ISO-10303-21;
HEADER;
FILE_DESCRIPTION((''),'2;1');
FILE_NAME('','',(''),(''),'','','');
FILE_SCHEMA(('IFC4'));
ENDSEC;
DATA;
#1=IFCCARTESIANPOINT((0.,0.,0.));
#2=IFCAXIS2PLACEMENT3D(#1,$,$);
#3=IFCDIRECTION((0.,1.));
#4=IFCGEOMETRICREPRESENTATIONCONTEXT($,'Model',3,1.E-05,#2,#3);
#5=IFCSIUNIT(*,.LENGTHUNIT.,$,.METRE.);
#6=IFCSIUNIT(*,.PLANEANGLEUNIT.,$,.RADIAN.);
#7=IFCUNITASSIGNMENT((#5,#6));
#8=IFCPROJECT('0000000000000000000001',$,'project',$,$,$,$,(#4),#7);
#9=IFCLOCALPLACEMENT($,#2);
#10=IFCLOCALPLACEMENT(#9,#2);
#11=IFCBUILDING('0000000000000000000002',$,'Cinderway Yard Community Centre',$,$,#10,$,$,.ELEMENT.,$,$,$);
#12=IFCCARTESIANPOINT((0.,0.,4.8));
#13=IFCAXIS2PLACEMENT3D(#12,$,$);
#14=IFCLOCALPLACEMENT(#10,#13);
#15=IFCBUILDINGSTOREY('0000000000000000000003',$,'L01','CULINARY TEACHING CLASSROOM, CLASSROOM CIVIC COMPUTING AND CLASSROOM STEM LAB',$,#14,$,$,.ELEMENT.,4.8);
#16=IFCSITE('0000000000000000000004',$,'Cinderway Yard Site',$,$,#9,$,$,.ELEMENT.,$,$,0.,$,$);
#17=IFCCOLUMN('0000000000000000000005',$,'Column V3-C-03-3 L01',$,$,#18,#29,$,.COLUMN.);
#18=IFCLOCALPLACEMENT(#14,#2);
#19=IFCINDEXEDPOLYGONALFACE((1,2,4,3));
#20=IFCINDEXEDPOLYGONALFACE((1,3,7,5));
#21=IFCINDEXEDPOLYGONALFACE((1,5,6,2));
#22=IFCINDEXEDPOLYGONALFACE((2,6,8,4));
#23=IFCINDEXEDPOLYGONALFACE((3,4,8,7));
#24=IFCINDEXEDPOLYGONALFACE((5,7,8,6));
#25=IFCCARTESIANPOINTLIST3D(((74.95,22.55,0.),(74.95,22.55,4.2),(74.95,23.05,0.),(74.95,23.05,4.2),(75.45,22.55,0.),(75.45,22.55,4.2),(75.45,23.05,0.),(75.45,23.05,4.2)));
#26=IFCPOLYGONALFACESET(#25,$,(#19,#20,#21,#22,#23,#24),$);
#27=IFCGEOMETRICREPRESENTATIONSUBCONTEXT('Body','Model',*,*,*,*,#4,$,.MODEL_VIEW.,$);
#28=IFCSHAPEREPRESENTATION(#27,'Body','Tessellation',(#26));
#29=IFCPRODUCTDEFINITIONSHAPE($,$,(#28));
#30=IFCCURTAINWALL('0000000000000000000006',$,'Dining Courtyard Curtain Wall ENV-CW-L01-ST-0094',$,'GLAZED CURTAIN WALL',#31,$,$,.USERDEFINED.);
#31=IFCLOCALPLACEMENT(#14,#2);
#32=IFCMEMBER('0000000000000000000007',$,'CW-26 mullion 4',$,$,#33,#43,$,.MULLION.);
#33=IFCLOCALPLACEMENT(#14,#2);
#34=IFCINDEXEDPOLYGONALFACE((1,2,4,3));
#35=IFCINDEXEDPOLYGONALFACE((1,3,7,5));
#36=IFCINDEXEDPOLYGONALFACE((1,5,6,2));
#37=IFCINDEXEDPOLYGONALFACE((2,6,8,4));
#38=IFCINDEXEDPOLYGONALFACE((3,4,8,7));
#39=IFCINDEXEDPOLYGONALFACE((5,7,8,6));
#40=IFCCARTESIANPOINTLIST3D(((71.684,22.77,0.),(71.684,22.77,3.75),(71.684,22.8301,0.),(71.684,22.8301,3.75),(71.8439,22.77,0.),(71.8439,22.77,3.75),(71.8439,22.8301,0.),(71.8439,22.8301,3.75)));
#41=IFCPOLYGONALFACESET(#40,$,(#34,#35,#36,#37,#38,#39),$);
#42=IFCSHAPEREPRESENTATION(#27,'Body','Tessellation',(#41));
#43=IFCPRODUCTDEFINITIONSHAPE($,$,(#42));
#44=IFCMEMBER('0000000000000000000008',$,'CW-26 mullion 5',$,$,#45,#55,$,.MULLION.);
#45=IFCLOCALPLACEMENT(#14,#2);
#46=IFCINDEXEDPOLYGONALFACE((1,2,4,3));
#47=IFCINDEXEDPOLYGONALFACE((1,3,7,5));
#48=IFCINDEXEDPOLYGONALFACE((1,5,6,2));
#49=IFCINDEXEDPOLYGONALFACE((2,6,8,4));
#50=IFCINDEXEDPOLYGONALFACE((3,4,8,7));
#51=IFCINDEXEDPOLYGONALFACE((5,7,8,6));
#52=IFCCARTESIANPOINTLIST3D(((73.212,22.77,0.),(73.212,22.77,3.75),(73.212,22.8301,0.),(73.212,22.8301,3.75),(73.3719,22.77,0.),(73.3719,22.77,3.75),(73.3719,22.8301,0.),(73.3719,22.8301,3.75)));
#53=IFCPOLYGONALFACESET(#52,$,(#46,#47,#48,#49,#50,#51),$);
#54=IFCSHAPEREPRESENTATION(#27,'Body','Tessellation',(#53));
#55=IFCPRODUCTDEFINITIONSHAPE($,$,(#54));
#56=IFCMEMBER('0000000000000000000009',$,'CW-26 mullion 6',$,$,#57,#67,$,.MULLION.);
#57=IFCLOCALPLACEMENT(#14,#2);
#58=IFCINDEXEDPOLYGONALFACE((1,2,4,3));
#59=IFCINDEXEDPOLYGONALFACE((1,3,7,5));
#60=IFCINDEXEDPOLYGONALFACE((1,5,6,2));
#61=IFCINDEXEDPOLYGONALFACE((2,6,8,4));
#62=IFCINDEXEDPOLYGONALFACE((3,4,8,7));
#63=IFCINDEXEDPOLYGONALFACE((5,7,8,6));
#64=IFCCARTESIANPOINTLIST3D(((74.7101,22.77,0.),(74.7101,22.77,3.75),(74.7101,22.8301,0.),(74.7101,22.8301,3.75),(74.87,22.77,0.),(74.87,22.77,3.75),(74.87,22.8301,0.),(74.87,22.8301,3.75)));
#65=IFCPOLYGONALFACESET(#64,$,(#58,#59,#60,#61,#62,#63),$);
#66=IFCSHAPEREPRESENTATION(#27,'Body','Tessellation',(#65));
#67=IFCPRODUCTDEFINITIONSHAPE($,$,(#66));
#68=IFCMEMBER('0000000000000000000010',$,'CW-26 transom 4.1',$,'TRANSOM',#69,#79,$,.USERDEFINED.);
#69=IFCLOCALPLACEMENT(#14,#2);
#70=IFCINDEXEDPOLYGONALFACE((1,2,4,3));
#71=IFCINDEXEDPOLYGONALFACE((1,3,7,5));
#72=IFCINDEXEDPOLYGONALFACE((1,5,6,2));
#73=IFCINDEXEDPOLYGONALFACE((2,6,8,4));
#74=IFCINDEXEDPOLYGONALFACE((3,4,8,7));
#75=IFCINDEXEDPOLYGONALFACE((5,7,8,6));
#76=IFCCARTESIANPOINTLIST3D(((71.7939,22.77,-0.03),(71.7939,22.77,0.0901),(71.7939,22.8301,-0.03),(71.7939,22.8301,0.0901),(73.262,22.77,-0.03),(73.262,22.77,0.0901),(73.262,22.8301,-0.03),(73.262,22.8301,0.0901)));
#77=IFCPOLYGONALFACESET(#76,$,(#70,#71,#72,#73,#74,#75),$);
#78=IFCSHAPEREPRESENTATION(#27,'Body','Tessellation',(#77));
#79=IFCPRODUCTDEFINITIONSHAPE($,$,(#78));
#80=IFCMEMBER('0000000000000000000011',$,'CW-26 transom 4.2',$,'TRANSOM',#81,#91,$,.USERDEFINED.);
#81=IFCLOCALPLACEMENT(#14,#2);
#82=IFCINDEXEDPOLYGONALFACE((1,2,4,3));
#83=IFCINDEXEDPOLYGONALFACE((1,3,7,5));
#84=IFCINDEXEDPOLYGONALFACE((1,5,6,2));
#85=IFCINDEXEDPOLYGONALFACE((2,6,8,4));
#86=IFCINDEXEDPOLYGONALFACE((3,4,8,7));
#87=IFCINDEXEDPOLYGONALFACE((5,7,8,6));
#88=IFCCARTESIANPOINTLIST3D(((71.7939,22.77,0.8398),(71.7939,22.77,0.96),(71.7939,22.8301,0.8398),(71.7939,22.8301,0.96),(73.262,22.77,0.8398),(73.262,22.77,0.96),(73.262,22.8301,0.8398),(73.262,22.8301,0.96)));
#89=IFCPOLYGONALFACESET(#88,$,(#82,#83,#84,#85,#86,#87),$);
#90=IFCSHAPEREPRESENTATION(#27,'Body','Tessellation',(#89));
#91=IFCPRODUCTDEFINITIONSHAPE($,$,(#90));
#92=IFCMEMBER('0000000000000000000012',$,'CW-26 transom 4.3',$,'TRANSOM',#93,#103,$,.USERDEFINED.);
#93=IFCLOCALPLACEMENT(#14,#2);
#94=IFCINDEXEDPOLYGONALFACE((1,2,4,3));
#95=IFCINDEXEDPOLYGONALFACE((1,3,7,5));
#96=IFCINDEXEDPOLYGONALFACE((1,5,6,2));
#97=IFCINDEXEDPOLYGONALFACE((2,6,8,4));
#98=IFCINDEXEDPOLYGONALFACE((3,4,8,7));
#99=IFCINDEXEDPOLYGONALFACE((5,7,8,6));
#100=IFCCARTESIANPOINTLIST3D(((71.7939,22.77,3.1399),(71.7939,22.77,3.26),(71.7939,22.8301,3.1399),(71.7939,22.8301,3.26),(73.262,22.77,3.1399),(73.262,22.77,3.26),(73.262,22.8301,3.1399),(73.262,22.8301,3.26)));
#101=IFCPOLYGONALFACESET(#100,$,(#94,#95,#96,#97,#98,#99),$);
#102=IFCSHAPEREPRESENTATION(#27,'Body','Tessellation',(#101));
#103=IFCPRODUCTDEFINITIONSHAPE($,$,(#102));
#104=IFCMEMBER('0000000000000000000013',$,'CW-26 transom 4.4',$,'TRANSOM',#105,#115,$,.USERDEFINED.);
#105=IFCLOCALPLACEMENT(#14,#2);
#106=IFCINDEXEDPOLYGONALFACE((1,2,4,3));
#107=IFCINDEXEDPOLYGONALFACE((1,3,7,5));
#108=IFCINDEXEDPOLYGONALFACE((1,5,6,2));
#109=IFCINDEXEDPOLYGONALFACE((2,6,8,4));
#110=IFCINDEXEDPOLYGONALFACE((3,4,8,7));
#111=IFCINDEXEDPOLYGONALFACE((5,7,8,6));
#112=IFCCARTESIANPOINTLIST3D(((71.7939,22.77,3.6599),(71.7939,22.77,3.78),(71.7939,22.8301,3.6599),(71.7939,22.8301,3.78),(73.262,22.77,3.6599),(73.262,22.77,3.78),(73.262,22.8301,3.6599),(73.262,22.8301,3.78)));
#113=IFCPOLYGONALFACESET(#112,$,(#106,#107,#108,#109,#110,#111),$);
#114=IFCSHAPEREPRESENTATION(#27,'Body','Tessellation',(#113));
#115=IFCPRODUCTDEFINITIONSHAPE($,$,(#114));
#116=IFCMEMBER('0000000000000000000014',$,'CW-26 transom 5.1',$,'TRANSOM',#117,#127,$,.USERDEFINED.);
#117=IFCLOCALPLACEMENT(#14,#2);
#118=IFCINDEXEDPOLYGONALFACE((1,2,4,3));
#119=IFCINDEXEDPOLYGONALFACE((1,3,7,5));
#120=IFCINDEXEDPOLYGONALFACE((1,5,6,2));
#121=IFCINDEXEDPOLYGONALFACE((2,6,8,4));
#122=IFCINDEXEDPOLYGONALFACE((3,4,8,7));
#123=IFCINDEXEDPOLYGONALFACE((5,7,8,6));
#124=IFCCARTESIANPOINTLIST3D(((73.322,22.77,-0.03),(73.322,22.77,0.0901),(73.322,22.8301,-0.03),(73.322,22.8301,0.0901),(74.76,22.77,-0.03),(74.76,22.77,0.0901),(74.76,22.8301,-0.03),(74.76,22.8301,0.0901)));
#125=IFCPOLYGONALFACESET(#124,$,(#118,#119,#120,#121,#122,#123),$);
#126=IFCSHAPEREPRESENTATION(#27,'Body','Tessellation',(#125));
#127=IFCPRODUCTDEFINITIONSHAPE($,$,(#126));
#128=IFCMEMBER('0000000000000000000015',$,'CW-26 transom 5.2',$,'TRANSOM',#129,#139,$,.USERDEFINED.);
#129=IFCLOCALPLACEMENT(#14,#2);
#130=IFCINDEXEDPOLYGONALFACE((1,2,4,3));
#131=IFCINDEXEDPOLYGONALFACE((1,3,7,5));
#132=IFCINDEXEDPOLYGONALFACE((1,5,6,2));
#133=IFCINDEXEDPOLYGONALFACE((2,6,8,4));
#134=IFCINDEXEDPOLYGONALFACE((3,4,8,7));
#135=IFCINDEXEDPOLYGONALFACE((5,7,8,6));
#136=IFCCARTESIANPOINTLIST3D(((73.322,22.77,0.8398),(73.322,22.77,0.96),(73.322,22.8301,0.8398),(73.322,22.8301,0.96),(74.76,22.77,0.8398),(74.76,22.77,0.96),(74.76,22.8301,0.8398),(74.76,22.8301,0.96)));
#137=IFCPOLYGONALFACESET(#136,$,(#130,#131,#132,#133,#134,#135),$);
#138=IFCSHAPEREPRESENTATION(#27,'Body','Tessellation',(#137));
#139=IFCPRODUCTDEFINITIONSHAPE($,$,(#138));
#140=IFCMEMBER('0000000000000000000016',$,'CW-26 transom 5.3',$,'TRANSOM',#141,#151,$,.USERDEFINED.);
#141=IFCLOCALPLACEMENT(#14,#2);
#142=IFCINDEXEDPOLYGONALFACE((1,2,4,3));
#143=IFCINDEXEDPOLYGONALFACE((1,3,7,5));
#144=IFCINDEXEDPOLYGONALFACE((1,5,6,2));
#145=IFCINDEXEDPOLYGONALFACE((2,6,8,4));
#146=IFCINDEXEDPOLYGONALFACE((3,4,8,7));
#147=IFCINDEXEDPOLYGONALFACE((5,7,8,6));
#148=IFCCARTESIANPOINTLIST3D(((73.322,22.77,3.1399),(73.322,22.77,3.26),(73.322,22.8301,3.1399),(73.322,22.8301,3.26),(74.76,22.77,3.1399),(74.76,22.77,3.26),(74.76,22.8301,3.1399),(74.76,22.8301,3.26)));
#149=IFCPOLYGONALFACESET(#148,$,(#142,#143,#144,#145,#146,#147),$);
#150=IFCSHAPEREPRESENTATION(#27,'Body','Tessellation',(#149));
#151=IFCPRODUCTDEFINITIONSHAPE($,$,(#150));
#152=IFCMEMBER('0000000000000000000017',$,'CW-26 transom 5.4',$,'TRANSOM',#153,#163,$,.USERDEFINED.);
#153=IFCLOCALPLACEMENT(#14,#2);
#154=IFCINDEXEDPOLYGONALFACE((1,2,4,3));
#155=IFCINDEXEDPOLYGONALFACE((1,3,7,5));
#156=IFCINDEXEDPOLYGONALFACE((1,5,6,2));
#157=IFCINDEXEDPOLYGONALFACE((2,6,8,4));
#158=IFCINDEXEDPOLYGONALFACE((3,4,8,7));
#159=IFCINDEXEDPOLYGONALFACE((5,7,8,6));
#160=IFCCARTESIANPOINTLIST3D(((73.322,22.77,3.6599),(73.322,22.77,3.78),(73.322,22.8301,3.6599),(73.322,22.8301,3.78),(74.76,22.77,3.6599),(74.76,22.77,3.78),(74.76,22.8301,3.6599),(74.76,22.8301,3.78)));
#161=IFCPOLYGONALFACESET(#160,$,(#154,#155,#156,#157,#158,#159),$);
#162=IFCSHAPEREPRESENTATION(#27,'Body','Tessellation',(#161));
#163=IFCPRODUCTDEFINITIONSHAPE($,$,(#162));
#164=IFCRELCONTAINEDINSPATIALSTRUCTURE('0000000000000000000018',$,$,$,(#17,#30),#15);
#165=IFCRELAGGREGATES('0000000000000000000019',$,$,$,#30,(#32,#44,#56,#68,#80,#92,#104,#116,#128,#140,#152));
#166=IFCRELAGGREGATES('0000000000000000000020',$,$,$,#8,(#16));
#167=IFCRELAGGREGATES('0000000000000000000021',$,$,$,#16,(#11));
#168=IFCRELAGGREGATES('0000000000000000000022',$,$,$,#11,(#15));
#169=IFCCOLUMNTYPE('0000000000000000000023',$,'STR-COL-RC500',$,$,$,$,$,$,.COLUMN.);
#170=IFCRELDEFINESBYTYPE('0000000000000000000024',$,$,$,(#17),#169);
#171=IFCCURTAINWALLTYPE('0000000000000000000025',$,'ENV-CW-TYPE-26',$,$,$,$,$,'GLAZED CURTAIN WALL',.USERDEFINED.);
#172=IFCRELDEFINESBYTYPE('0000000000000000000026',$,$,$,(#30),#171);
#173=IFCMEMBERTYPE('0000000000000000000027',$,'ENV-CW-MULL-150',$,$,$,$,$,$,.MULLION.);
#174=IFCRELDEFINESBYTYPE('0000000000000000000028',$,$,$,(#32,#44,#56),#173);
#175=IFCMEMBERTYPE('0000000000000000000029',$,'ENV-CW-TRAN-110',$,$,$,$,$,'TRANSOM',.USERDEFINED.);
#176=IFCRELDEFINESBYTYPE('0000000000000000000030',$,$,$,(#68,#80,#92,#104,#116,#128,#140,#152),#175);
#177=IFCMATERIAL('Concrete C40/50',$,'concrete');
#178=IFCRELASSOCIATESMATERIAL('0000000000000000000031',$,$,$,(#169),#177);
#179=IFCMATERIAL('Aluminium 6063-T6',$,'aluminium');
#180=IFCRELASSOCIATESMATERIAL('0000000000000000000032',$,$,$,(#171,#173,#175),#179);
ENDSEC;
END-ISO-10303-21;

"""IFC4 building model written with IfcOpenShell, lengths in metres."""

from ifc_helpers import new_model, si_unit, direction, frame, origin, origin_2d, place, context, subcontext, project, spatial, rectangle, extrude, material, material_profile, profile_set, type_object, element, aggregate, save


model = new_model("IFC4")

# Units and contexts
model_context = context("Model", 3, precision=1e-05, world=origin(), true_north=direction((0.0, 1.0)))
body_context = subcontext(model_context, "Body", "Model", "MODEL_VIEW")
ifc_project = project(units=[si_unit("LENGTHUNIT", "METRE"), si_unit("PLANEANGLEUNIT", "RADIAN")], contexts=[model_context])

# Site, building, storey
site_placement = place(None, origin())
site = spatial("IfcSite", under=ifc_project, at=site_placement, Name="Cinderway Yard Site", CompositionType="ELEMENT", RefElevation=0.0)
building_placement = place(site_placement, origin())
building = spatial("IfcBuilding", under=site, at=building_placement, Name="Cinderway Yard Community Centre", CompositionType="ELEMENT")
storey_placement = place(building_placement, frame((0.0, 0.0, 4.8)))
storey = spatial("IfcBuildingStorey", under=building, at=storey_placement, Name="L01", Description="CULINARY TEACHING CLASSROOM, CLASSROOM CIVIC COMPUTING AND CLASSROOM STEM LAB", CompositionType="ELEMENT", Elevation=4.8)

# Column
ifc_material_1 = material(Name="Concrete C40/50", Category="concrete")
ifc_material_profile_1 = material_profile(ifc_material_1, rectangle(XDim=0.5, YDim=0.5, at=origin_2d()), Name="Concrete C40/50")
ifc_profile_set_1 = profile_set([ifc_material_profile_1], Name="Concrete C40/50")
column_type = type_object("IfcColumnType", Name="STR-COL-RC500", PredefinedType="COLUMN", material=ifc_profile_set_1)
column_placement = place(storey_placement, frame((75.2, 22.8, 0.0), z_axis=(0.0, 0.0, 1.0), x_axis=(1.0, 0.0, 0.0)))
element("IfcColumn", 1, at=column_placement, inside=storey, type_object=column_type, Name="Column V3-C-03-3 L01", PredefinedType="COLUMN", context=body_context, shape_type="SweptSolid", body=[
    extrude(rectangle(XDim=0.5, YDim=0.5, at=origin_2d()), origin(), (0.0, 0.0, 1.0), 4.2),
])

# Curtain wall, members
ifc_material_2 = material(Name="Aluminium 6063-T6", Category="aluminium")
curtain_wall_type = type_object("IfcCurtainWallType", Name="ENV-CW-TYPE-26", ElementType="GLAZED CURTAIN WALL", PredefinedType="USERDEFINED", material=ifc_material_2)
curtain_wall_placement = place(storey_placement, origin())
curtain_wall = element("IfcCurtainWall", 2, at=curtain_wall_placement, inside=storey, type_object=curtain_wall_type, Name="Dining Courtyard Curtain Wall ENV-CW-L01-ST-0094", ObjectType="GLAZED CURTAIN WALL", PredefinedType="USERDEFINED")
ifc_material_profile_2 = material_profile(ifc_material_2, rectangle(XDim=0.0601, YDim=0.1599, at=origin_2d()), Name="Aluminium 6063-T6")
ifc_profile_set_2 = profile_set([ifc_material_profile_2], Name="Aluminium 6063-T6")
member_type_1 = type_object("IfcMemberType", Name="ENV-CW-MULL-150", PredefinedType="MULLION", material=ifc_profile_set_2)
member_1_placement = place(storey_placement, frame((71.7639, 22.8, 0.0), z_axis=(0.0, 0.0, 1.0), x_axis=(0.0, 1.0, 0.0)))
member_1 = element("IfcMember", 3, at=member_1_placement, type_object=member_type_1, Name="CW-26 mullion 4", PredefinedType="MULLION", context=body_context, shape_type="SweptSolid", body=[
    extrude(rectangle(XDim=0.0601, YDim=0.1599, at=origin_2d()), origin(), (0.0, 0.0, 1.0), 3.75),
])
member_2_placement = place(storey_placement, frame((73.292, 22.8, 0.0), z_axis=(0.0, 0.0, 1.0), x_axis=(0.0, 1.0, 0.0)))
member_2 = element("IfcMember", 4, at=member_2_placement, type_object=member_type_1, Name="CW-26 mullion 5", PredefinedType="MULLION", context=body_context, shape_type="SweptSolid", body=[
    extrude(rectangle(XDim=0.0601, YDim=0.1599, at=origin_2d()), origin(), (0.0, 0.0, 1.0), 3.75),
])
member_3_placement = place(storey_placement, frame((74.79, 22.8, 0.0), z_axis=(0.0, 0.0, 1.0), x_axis=(0.0, 1.0, 0.0)))
member_3 = element("IfcMember", 5, at=member_3_placement, type_object=member_type_1, Name="CW-26 mullion 6", PredefinedType="MULLION", context=body_context, shape_type="SweptSolid", body=[
    extrude(rectangle(XDim=0.0601, YDim=0.1599, at=origin_2d()), origin(), (0.0, 0.0, 1.0), 3.75),
])
ifc_material_profile_3 = material_profile(ifc_material_2, rectangle(XDim=0.0601, YDim=0.1201, at=origin_2d()), Name="Aluminium 6063-T6")
ifc_profile_set_3 = profile_set([ifc_material_profile_3], Name="Aluminium 6063-T6")
member_type_2 = type_object("IfcMemberType", Name="ENV-CW-TRAN-110", ElementType="TRANSOM", PredefinedType="USERDEFINED", material=ifc_profile_set_3)
member_4_placement = place(storey_placement, frame((71.7939, 22.8, 0.03), z_axis=(1.0, 0.0, 0.0), x_axis=(0.0, 1.0, 0.0)))
member_4 = element("IfcMember", 6, at=member_4_placement, type_object=member_type_2, Name="CW-26 transom 4.1", ObjectType="TRANSOM", PredefinedType="USERDEFINED", context=body_context, shape_type="SweptSolid", body=[
    extrude(rectangle(XDim=0.0601, YDim=0.1201, at=origin_2d()), origin(), (0.0, 0.0, 1.0), 1.468),
])
member_5_placement = place(storey_placement, frame((71.7939, 22.8, 0.8999), z_axis=(1.0, 0.0, 0.0), x_axis=(0.0, 1.0, 0.0)))
member_5 = element("IfcMember", 7, at=member_5_placement, type_object=member_type_2, Name="CW-26 transom 4.2", ObjectType="TRANSOM", PredefinedType="USERDEFINED", context=body_context, shape_type="SweptSolid", body=[
    extrude(rectangle(XDim=0.0601, YDim=0.1201, at=origin_2d()), origin(), (0.0, 0.0, 1.0), 1.468),
])
member_6_placement = place(storey_placement, frame((71.7939, 22.8, 3.2), z_axis=(1.0, 0.0, 0.0), x_axis=(0.0, 1.0, 0.0)))
member_6 = element("IfcMember", 8, at=member_6_placement, type_object=member_type_2, Name="CW-26 transom 4.3", ObjectType="TRANSOM", PredefinedType="USERDEFINED", context=body_context, shape_type="SweptSolid", body=[
    extrude(rectangle(XDim=0.0601, YDim=0.1201, at=origin_2d()), origin(), (0.0, 0.0, 1.0), 1.468),
])
member_7_placement = place(storey_placement, frame((71.7939, 22.8, 3.72), z_axis=(1.0, 0.0, 0.0), x_axis=(0.0, 1.0, 0.0)))
member_7 = element("IfcMember", 9, at=member_7_placement, type_object=member_type_2, Name="CW-26 transom 4.4", ObjectType="TRANSOM", PredefinedType="USERDEFINED", context=body_context, shape_type="SweptSolid", body=[
    extrude(rectangle(XDim=0.0601, YDim=0.1201, at=origin_2d()), origin(), (0.0, 0.0, 1.0), 1.468),
])
member_8_placement = place(storey_placement, frame((73.322, 22.8, 0.03), z_axis=(1.0, 0.0, 0.0), x_axis=(0.0, 1.0, 0.0)))
member_8 = element("IfcMember", 10, at=member_8_placement, type_object=member_type_2, Name="CW-26 transom 5.1", ObjectType="TRANSOM", PredefinedType="USERDEFINED", context=body_context, shape_type="SweptSolid", body=[
    extrude(rectangle(XDim=0.0601, YDim=0.1201, at=origin_2d()), origin(), (0.0, 0.0, 1.0), 1.438),
])
member_9_placement = place(storey_placement, frame((73.322, 22.8, 0.8999), z_axis=(1.0, 0.0, 0.0), x_axis=(0.0, 1.0, 0.0)))
member_9 = element("IfcMember", 11, at=member_9_placement, type_object=member_type_2, Name="CW-26 transom 5.2", ObjectType="TRANSOM", PredefinedType="USERDEFINED", context=body_context, shape_type="SweptSolid", body=[
    extrude(rectangle(XDim=0.0601, YDim=0.1201, at=origin_2d()), origin(), (0.0, 0.0, 1.0), 1.438),
])
member_10_placement = place(storey_placement, frame((73.322, 22.8, 3.2), z_axis=(1.0, 0.0, 0.0), x_axis=(0.0, 1.0, 0.0)))
member_10 = element("IfcMember", 12, at=member_10_placement, type_object=member_type_2, Name="CW-26 transom 5.3", ObjectType="TRANSOM", PredefinedType="USERDEFINED", context=body_context, shape_type="SweptSolid", body=[
    extrude(rectangle(XDim=0.0601, YDim=0.1201, at=origin_2d()), origin(), (0.0, 0.0, 1.0), 1.438),
])
member_11_placement = place(storey_placement, frame((73.322, 22.8, 3.72), z_axis=(1.0, 0.0, 0.0), x_axis=(0.0, 1.0, 0.0)))
member_11 = element("IfcMember", 13, at=member_11_placement, type_object=member_type_2, Name="CW-26 transom 5.4", ObjectType="TRANSOM", PredefinedType="USERDEFINED", context=body_context, shape_type="SweptSolid", body=[
    extrude(rectangle(XDim=0.0601, YDim=0.1201, at=origin_2d()), origin(), (0.0, 0.0, 1.0), 1.438),
])

aggregate(curtain_wall, [member_1, member_2, member_3, member_4, member_5, member_6, member_7, member_8, member_9, member_10, member_11])

save(model, "model.ifc")
